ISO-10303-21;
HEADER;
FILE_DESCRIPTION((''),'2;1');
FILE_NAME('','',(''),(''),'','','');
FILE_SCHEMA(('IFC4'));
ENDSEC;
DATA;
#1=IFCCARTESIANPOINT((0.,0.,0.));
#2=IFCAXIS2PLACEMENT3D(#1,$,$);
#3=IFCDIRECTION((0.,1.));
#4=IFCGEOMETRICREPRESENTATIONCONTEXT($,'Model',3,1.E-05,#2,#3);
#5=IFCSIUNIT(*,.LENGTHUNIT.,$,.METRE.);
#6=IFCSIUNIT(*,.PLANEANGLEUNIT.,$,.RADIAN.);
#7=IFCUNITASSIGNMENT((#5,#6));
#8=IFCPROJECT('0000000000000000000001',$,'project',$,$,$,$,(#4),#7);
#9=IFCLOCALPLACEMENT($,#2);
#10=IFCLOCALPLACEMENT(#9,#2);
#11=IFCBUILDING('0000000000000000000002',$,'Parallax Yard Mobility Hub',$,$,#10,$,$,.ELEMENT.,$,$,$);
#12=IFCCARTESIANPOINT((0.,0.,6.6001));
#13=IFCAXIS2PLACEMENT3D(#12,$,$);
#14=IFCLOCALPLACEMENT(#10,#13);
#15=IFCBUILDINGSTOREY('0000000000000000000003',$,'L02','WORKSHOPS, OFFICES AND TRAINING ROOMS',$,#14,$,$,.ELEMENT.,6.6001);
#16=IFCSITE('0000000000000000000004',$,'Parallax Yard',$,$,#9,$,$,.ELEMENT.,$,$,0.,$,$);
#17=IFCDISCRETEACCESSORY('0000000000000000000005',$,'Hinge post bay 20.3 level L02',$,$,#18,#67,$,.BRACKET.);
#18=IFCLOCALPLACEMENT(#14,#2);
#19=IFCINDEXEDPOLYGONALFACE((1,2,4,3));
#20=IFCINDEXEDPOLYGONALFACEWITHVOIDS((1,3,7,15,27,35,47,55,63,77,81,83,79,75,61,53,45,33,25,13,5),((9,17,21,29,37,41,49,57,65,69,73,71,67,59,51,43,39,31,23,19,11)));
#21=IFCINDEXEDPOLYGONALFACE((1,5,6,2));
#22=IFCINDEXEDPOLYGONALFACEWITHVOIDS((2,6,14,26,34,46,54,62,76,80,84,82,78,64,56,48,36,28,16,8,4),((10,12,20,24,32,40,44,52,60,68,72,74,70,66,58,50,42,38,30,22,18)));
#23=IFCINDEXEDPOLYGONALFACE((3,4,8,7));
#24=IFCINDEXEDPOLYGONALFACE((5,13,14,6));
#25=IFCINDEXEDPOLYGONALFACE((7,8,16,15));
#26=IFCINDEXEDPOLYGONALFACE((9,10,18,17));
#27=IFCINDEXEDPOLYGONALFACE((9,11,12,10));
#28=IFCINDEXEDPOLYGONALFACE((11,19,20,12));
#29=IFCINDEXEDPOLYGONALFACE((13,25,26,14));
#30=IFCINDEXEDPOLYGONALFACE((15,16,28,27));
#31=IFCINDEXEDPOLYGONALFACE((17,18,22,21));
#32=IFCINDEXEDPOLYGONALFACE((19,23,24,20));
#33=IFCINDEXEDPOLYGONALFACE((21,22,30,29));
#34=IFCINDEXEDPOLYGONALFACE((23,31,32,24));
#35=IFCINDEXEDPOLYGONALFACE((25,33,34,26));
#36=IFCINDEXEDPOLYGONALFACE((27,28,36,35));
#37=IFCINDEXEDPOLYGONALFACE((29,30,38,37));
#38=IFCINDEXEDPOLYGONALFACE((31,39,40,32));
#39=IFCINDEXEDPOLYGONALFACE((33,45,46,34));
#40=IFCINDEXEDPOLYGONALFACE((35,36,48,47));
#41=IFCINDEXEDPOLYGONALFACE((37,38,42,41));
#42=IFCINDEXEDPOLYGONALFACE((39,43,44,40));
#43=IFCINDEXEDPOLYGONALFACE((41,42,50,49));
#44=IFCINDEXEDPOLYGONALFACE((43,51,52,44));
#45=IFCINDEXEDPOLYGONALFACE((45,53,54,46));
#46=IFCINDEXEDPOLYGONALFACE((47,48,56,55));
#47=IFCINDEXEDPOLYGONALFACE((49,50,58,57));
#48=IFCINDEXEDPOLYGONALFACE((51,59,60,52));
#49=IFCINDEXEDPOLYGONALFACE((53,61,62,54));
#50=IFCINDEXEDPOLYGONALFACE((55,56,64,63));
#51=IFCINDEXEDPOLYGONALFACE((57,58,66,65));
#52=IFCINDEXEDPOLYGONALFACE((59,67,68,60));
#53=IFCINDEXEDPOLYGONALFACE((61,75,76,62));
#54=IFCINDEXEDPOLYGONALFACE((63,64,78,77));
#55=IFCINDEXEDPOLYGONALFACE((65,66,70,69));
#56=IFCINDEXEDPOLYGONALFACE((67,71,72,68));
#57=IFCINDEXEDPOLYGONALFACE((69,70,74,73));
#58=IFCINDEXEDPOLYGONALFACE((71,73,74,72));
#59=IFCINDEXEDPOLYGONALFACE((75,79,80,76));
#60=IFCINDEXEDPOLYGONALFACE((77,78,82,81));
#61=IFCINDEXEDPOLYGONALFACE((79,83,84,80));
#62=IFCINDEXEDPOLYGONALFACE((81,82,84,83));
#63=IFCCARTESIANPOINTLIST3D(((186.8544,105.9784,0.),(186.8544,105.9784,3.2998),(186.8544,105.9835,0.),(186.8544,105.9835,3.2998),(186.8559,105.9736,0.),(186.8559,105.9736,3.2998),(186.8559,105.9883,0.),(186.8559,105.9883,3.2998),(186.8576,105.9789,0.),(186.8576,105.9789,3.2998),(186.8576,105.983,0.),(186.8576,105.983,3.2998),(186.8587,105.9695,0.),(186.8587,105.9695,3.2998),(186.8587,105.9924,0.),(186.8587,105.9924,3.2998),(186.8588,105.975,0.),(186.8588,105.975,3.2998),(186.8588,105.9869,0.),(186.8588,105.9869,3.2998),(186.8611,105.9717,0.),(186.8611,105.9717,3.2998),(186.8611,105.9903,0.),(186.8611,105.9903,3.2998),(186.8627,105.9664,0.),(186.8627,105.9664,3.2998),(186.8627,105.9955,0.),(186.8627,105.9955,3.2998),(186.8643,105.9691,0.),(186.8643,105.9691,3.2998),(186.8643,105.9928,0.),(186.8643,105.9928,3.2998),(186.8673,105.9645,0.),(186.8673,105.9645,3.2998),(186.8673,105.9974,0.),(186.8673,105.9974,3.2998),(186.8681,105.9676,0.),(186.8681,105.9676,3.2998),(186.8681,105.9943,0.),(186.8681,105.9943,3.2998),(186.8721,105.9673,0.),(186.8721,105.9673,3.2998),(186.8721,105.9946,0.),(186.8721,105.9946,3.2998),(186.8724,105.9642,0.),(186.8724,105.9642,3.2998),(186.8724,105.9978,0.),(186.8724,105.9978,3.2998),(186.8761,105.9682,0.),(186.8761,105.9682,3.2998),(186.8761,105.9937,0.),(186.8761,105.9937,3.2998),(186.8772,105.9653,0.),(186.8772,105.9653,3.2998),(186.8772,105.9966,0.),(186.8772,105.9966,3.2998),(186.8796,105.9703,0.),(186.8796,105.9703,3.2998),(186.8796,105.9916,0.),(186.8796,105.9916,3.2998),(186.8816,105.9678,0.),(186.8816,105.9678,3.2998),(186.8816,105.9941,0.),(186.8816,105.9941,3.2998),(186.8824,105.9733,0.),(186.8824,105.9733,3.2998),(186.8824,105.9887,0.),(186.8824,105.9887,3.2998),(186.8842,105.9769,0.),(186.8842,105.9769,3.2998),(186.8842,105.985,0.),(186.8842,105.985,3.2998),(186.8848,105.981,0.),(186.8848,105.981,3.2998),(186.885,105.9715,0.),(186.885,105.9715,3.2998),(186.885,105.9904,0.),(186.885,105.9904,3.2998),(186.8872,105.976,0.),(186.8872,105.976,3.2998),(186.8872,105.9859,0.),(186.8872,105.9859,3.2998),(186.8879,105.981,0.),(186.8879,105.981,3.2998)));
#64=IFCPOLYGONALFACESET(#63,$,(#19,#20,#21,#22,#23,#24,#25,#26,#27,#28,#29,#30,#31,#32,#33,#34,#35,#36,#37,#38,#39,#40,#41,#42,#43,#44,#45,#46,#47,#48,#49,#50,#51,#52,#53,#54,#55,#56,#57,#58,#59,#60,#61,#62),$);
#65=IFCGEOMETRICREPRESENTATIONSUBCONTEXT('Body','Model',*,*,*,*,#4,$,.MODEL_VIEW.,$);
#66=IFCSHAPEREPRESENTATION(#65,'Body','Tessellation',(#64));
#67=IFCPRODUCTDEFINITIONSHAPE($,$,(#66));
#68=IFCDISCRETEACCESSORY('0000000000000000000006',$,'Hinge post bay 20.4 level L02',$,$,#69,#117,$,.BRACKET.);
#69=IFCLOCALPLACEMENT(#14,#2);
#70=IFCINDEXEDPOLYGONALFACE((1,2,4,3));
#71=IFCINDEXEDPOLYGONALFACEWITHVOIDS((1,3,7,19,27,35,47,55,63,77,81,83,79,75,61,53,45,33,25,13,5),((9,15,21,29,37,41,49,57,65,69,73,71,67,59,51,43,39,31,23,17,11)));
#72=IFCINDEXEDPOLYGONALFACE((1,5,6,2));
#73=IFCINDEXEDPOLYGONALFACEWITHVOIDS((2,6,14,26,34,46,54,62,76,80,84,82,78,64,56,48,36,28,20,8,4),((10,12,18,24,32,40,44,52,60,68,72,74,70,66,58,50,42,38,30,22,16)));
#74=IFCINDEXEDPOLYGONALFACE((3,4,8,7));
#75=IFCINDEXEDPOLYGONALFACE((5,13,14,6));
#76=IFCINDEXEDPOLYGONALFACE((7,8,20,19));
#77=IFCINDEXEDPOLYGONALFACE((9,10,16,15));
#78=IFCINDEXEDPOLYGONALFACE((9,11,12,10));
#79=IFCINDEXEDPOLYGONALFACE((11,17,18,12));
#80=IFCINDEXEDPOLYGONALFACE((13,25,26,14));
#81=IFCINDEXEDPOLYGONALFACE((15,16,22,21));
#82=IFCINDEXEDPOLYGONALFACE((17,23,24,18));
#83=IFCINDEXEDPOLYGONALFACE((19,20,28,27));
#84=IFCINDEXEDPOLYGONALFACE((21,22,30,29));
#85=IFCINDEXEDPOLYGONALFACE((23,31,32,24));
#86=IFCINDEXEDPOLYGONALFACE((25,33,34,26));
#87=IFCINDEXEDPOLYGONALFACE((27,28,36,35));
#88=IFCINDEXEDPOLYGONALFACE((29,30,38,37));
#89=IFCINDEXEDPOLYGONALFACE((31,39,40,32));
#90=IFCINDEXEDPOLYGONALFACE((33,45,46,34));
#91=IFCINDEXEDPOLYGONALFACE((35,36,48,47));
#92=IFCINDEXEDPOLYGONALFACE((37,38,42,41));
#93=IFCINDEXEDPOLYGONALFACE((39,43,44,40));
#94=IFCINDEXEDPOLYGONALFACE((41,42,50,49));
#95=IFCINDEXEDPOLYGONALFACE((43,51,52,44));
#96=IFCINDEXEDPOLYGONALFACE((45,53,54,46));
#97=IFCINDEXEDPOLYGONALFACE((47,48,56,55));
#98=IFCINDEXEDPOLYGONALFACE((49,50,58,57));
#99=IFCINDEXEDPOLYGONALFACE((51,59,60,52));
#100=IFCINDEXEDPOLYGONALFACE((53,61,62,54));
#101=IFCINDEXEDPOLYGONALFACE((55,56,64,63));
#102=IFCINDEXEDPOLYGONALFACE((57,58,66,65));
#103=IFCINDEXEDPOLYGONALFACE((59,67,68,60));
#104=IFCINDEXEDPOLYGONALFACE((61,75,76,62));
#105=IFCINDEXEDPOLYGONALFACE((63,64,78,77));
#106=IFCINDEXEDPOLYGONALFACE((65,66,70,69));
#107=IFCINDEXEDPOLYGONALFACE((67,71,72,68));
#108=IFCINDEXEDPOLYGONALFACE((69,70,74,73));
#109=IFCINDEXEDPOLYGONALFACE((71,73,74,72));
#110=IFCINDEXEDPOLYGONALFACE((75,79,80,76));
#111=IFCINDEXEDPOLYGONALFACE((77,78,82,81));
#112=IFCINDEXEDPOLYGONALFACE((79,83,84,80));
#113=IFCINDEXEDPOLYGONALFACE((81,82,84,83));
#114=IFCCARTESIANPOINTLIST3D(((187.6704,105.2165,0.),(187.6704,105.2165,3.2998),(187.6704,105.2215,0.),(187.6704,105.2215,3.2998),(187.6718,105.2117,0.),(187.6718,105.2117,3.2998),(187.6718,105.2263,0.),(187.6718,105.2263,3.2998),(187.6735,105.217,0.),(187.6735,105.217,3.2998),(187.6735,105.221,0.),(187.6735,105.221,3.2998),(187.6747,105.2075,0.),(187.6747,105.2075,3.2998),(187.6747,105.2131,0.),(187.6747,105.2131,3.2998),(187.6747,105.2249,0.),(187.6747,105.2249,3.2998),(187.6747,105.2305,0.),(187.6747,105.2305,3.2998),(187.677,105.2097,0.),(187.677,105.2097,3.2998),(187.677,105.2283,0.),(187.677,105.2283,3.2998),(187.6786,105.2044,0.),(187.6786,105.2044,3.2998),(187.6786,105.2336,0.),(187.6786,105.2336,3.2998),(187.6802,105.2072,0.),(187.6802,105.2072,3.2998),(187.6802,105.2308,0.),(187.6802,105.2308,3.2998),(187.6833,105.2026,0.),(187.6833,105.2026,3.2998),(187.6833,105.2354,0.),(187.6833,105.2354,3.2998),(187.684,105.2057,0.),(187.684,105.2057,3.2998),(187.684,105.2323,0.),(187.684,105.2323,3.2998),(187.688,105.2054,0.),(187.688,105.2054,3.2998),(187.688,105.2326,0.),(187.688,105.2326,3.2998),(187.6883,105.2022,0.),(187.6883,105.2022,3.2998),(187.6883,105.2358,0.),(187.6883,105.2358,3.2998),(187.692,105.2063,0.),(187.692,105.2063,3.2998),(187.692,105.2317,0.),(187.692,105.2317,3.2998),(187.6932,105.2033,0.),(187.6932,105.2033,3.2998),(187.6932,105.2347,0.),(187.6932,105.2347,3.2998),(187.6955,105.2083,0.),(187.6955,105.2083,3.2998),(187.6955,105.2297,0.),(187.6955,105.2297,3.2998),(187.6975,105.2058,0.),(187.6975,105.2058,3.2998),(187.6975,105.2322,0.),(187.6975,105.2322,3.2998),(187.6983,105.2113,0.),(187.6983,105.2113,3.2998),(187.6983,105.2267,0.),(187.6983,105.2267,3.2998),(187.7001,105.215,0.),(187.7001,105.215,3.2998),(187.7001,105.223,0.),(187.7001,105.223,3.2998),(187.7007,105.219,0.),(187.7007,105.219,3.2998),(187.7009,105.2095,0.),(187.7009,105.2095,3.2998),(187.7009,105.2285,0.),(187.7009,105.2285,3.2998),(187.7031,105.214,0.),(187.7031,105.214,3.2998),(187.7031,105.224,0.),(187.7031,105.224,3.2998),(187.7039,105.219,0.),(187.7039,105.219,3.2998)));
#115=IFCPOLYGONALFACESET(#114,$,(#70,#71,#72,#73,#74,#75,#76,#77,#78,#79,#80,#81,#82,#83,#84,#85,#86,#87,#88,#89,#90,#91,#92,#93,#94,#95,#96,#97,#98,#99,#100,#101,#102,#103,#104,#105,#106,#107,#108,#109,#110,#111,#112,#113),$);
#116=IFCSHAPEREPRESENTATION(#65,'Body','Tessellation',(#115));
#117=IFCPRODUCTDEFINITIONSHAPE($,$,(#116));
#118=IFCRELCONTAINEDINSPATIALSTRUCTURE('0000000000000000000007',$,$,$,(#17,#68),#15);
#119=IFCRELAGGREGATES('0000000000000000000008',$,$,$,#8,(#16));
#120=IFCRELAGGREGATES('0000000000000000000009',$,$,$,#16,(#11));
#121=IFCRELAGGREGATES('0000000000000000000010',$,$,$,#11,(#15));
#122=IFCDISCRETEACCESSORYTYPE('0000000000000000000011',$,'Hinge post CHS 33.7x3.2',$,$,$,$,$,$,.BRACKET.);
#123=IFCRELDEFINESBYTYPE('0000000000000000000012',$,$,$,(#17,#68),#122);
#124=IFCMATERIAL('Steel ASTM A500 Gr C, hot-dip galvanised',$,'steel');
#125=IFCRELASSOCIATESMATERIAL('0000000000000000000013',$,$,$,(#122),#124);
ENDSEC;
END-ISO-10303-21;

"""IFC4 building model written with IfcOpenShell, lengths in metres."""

from ifc_helpers import new_model, si_unit, direction, frame, origin, origin_2d, place, context, subcontext, project, spatial, hollow_circle, extrude, material, material_profile, profile_set, type_object, element, save


model = new_model("IFC4")

# Units and contexts
model_context = context("Model", 3, precision=1e-05, world=origin(), true_north=direction((0.0, 1.0)))
body_context = subcontext(model_context, "Body", "Model", "MODEL_VIEW")
ifc_project = project(units=[si_unit("LENGTHUNIT", "METRE"), si_unit("PLANEANGLEUNIT", "RADIAN")], contexts=[model_context])

# Site, building, storey
site_placement = place(None, origin())
site = spatial("IfcSite", under=ifc_project, at=site_placement, Name="Parallax Yard", CompositionType="ELEMENT", RefElevation=0.0)
building_placement = place(site_placement, origin())
building = spatial("IfcBuilding", under=site, at=building_placement, Name="Parallax Yard Mobility Hub", CompositionType="ELEMENT")
storey_placement = place(building_placement, frame((0.0, 0.0, 6.6001)))
storey = spatial("IfcBuildingStorey", under=building, at=storey_placement, Name="L02", Description="WORKSHOPS, OFFICES AND TRAINING ROOMS", CompositionType="ELEMENT", Elevation=6.6001)

# Discrete accessories
ifc_material_1 = material(Name="Steel ASTM A500 Gr C, hot-dip galvanised", Category="steel")
ifc_material_profile_1 = material_profile(ifc_material_1, hollow_circle(Radius=0.0168, WallThickness=0.0032, at=origin_2d()), Name="CHS 33.7x3.2")
ifc_profile_set_1 = profile_set([ifc_material_profile_1], Name="Steel ASTM A500 Gr C, hot-dip galvanised")
discrete_accessory_type_1 = type_object("IfcDiscreteAccessoryType", Name="Hinge post CHS 33.7x3.2", PredefinedType="BRACKET", material=ifc_profile_set_1)
for number, where, z_axis, x_axis, name in (
    (1, (186.8711, 105.981, 0.0), (0.0, 0.0, 1.0), (1.0, 0.0, 0.0), "Hinge post bay 20.3 level L02"),
    (2, (187.687, 105.219, 0.0), (0.0, 0.0, 1.0), (1.0, 0.0, 0.0), "Hinge post bay 20.4 level L02"),
):
    element("IfcDiscreteAccessory", number, at=place(storey_placement, frame(where, z_axis=z_axis, x_axis=x_axis)), inside=storey, type_object=discrete_accessory_type_1, Name=name, PredefinedType="BRACKET", context=body_context, shape_type="SweptSolid", body=[
        extrude(hollow_circle(Radius=0.0168, WallThickness=0.0032, at=origin_2d()), origin(), (0.0, 0.0, 1.0), 3.2998),
    ])

save(model, "model.ifc")
